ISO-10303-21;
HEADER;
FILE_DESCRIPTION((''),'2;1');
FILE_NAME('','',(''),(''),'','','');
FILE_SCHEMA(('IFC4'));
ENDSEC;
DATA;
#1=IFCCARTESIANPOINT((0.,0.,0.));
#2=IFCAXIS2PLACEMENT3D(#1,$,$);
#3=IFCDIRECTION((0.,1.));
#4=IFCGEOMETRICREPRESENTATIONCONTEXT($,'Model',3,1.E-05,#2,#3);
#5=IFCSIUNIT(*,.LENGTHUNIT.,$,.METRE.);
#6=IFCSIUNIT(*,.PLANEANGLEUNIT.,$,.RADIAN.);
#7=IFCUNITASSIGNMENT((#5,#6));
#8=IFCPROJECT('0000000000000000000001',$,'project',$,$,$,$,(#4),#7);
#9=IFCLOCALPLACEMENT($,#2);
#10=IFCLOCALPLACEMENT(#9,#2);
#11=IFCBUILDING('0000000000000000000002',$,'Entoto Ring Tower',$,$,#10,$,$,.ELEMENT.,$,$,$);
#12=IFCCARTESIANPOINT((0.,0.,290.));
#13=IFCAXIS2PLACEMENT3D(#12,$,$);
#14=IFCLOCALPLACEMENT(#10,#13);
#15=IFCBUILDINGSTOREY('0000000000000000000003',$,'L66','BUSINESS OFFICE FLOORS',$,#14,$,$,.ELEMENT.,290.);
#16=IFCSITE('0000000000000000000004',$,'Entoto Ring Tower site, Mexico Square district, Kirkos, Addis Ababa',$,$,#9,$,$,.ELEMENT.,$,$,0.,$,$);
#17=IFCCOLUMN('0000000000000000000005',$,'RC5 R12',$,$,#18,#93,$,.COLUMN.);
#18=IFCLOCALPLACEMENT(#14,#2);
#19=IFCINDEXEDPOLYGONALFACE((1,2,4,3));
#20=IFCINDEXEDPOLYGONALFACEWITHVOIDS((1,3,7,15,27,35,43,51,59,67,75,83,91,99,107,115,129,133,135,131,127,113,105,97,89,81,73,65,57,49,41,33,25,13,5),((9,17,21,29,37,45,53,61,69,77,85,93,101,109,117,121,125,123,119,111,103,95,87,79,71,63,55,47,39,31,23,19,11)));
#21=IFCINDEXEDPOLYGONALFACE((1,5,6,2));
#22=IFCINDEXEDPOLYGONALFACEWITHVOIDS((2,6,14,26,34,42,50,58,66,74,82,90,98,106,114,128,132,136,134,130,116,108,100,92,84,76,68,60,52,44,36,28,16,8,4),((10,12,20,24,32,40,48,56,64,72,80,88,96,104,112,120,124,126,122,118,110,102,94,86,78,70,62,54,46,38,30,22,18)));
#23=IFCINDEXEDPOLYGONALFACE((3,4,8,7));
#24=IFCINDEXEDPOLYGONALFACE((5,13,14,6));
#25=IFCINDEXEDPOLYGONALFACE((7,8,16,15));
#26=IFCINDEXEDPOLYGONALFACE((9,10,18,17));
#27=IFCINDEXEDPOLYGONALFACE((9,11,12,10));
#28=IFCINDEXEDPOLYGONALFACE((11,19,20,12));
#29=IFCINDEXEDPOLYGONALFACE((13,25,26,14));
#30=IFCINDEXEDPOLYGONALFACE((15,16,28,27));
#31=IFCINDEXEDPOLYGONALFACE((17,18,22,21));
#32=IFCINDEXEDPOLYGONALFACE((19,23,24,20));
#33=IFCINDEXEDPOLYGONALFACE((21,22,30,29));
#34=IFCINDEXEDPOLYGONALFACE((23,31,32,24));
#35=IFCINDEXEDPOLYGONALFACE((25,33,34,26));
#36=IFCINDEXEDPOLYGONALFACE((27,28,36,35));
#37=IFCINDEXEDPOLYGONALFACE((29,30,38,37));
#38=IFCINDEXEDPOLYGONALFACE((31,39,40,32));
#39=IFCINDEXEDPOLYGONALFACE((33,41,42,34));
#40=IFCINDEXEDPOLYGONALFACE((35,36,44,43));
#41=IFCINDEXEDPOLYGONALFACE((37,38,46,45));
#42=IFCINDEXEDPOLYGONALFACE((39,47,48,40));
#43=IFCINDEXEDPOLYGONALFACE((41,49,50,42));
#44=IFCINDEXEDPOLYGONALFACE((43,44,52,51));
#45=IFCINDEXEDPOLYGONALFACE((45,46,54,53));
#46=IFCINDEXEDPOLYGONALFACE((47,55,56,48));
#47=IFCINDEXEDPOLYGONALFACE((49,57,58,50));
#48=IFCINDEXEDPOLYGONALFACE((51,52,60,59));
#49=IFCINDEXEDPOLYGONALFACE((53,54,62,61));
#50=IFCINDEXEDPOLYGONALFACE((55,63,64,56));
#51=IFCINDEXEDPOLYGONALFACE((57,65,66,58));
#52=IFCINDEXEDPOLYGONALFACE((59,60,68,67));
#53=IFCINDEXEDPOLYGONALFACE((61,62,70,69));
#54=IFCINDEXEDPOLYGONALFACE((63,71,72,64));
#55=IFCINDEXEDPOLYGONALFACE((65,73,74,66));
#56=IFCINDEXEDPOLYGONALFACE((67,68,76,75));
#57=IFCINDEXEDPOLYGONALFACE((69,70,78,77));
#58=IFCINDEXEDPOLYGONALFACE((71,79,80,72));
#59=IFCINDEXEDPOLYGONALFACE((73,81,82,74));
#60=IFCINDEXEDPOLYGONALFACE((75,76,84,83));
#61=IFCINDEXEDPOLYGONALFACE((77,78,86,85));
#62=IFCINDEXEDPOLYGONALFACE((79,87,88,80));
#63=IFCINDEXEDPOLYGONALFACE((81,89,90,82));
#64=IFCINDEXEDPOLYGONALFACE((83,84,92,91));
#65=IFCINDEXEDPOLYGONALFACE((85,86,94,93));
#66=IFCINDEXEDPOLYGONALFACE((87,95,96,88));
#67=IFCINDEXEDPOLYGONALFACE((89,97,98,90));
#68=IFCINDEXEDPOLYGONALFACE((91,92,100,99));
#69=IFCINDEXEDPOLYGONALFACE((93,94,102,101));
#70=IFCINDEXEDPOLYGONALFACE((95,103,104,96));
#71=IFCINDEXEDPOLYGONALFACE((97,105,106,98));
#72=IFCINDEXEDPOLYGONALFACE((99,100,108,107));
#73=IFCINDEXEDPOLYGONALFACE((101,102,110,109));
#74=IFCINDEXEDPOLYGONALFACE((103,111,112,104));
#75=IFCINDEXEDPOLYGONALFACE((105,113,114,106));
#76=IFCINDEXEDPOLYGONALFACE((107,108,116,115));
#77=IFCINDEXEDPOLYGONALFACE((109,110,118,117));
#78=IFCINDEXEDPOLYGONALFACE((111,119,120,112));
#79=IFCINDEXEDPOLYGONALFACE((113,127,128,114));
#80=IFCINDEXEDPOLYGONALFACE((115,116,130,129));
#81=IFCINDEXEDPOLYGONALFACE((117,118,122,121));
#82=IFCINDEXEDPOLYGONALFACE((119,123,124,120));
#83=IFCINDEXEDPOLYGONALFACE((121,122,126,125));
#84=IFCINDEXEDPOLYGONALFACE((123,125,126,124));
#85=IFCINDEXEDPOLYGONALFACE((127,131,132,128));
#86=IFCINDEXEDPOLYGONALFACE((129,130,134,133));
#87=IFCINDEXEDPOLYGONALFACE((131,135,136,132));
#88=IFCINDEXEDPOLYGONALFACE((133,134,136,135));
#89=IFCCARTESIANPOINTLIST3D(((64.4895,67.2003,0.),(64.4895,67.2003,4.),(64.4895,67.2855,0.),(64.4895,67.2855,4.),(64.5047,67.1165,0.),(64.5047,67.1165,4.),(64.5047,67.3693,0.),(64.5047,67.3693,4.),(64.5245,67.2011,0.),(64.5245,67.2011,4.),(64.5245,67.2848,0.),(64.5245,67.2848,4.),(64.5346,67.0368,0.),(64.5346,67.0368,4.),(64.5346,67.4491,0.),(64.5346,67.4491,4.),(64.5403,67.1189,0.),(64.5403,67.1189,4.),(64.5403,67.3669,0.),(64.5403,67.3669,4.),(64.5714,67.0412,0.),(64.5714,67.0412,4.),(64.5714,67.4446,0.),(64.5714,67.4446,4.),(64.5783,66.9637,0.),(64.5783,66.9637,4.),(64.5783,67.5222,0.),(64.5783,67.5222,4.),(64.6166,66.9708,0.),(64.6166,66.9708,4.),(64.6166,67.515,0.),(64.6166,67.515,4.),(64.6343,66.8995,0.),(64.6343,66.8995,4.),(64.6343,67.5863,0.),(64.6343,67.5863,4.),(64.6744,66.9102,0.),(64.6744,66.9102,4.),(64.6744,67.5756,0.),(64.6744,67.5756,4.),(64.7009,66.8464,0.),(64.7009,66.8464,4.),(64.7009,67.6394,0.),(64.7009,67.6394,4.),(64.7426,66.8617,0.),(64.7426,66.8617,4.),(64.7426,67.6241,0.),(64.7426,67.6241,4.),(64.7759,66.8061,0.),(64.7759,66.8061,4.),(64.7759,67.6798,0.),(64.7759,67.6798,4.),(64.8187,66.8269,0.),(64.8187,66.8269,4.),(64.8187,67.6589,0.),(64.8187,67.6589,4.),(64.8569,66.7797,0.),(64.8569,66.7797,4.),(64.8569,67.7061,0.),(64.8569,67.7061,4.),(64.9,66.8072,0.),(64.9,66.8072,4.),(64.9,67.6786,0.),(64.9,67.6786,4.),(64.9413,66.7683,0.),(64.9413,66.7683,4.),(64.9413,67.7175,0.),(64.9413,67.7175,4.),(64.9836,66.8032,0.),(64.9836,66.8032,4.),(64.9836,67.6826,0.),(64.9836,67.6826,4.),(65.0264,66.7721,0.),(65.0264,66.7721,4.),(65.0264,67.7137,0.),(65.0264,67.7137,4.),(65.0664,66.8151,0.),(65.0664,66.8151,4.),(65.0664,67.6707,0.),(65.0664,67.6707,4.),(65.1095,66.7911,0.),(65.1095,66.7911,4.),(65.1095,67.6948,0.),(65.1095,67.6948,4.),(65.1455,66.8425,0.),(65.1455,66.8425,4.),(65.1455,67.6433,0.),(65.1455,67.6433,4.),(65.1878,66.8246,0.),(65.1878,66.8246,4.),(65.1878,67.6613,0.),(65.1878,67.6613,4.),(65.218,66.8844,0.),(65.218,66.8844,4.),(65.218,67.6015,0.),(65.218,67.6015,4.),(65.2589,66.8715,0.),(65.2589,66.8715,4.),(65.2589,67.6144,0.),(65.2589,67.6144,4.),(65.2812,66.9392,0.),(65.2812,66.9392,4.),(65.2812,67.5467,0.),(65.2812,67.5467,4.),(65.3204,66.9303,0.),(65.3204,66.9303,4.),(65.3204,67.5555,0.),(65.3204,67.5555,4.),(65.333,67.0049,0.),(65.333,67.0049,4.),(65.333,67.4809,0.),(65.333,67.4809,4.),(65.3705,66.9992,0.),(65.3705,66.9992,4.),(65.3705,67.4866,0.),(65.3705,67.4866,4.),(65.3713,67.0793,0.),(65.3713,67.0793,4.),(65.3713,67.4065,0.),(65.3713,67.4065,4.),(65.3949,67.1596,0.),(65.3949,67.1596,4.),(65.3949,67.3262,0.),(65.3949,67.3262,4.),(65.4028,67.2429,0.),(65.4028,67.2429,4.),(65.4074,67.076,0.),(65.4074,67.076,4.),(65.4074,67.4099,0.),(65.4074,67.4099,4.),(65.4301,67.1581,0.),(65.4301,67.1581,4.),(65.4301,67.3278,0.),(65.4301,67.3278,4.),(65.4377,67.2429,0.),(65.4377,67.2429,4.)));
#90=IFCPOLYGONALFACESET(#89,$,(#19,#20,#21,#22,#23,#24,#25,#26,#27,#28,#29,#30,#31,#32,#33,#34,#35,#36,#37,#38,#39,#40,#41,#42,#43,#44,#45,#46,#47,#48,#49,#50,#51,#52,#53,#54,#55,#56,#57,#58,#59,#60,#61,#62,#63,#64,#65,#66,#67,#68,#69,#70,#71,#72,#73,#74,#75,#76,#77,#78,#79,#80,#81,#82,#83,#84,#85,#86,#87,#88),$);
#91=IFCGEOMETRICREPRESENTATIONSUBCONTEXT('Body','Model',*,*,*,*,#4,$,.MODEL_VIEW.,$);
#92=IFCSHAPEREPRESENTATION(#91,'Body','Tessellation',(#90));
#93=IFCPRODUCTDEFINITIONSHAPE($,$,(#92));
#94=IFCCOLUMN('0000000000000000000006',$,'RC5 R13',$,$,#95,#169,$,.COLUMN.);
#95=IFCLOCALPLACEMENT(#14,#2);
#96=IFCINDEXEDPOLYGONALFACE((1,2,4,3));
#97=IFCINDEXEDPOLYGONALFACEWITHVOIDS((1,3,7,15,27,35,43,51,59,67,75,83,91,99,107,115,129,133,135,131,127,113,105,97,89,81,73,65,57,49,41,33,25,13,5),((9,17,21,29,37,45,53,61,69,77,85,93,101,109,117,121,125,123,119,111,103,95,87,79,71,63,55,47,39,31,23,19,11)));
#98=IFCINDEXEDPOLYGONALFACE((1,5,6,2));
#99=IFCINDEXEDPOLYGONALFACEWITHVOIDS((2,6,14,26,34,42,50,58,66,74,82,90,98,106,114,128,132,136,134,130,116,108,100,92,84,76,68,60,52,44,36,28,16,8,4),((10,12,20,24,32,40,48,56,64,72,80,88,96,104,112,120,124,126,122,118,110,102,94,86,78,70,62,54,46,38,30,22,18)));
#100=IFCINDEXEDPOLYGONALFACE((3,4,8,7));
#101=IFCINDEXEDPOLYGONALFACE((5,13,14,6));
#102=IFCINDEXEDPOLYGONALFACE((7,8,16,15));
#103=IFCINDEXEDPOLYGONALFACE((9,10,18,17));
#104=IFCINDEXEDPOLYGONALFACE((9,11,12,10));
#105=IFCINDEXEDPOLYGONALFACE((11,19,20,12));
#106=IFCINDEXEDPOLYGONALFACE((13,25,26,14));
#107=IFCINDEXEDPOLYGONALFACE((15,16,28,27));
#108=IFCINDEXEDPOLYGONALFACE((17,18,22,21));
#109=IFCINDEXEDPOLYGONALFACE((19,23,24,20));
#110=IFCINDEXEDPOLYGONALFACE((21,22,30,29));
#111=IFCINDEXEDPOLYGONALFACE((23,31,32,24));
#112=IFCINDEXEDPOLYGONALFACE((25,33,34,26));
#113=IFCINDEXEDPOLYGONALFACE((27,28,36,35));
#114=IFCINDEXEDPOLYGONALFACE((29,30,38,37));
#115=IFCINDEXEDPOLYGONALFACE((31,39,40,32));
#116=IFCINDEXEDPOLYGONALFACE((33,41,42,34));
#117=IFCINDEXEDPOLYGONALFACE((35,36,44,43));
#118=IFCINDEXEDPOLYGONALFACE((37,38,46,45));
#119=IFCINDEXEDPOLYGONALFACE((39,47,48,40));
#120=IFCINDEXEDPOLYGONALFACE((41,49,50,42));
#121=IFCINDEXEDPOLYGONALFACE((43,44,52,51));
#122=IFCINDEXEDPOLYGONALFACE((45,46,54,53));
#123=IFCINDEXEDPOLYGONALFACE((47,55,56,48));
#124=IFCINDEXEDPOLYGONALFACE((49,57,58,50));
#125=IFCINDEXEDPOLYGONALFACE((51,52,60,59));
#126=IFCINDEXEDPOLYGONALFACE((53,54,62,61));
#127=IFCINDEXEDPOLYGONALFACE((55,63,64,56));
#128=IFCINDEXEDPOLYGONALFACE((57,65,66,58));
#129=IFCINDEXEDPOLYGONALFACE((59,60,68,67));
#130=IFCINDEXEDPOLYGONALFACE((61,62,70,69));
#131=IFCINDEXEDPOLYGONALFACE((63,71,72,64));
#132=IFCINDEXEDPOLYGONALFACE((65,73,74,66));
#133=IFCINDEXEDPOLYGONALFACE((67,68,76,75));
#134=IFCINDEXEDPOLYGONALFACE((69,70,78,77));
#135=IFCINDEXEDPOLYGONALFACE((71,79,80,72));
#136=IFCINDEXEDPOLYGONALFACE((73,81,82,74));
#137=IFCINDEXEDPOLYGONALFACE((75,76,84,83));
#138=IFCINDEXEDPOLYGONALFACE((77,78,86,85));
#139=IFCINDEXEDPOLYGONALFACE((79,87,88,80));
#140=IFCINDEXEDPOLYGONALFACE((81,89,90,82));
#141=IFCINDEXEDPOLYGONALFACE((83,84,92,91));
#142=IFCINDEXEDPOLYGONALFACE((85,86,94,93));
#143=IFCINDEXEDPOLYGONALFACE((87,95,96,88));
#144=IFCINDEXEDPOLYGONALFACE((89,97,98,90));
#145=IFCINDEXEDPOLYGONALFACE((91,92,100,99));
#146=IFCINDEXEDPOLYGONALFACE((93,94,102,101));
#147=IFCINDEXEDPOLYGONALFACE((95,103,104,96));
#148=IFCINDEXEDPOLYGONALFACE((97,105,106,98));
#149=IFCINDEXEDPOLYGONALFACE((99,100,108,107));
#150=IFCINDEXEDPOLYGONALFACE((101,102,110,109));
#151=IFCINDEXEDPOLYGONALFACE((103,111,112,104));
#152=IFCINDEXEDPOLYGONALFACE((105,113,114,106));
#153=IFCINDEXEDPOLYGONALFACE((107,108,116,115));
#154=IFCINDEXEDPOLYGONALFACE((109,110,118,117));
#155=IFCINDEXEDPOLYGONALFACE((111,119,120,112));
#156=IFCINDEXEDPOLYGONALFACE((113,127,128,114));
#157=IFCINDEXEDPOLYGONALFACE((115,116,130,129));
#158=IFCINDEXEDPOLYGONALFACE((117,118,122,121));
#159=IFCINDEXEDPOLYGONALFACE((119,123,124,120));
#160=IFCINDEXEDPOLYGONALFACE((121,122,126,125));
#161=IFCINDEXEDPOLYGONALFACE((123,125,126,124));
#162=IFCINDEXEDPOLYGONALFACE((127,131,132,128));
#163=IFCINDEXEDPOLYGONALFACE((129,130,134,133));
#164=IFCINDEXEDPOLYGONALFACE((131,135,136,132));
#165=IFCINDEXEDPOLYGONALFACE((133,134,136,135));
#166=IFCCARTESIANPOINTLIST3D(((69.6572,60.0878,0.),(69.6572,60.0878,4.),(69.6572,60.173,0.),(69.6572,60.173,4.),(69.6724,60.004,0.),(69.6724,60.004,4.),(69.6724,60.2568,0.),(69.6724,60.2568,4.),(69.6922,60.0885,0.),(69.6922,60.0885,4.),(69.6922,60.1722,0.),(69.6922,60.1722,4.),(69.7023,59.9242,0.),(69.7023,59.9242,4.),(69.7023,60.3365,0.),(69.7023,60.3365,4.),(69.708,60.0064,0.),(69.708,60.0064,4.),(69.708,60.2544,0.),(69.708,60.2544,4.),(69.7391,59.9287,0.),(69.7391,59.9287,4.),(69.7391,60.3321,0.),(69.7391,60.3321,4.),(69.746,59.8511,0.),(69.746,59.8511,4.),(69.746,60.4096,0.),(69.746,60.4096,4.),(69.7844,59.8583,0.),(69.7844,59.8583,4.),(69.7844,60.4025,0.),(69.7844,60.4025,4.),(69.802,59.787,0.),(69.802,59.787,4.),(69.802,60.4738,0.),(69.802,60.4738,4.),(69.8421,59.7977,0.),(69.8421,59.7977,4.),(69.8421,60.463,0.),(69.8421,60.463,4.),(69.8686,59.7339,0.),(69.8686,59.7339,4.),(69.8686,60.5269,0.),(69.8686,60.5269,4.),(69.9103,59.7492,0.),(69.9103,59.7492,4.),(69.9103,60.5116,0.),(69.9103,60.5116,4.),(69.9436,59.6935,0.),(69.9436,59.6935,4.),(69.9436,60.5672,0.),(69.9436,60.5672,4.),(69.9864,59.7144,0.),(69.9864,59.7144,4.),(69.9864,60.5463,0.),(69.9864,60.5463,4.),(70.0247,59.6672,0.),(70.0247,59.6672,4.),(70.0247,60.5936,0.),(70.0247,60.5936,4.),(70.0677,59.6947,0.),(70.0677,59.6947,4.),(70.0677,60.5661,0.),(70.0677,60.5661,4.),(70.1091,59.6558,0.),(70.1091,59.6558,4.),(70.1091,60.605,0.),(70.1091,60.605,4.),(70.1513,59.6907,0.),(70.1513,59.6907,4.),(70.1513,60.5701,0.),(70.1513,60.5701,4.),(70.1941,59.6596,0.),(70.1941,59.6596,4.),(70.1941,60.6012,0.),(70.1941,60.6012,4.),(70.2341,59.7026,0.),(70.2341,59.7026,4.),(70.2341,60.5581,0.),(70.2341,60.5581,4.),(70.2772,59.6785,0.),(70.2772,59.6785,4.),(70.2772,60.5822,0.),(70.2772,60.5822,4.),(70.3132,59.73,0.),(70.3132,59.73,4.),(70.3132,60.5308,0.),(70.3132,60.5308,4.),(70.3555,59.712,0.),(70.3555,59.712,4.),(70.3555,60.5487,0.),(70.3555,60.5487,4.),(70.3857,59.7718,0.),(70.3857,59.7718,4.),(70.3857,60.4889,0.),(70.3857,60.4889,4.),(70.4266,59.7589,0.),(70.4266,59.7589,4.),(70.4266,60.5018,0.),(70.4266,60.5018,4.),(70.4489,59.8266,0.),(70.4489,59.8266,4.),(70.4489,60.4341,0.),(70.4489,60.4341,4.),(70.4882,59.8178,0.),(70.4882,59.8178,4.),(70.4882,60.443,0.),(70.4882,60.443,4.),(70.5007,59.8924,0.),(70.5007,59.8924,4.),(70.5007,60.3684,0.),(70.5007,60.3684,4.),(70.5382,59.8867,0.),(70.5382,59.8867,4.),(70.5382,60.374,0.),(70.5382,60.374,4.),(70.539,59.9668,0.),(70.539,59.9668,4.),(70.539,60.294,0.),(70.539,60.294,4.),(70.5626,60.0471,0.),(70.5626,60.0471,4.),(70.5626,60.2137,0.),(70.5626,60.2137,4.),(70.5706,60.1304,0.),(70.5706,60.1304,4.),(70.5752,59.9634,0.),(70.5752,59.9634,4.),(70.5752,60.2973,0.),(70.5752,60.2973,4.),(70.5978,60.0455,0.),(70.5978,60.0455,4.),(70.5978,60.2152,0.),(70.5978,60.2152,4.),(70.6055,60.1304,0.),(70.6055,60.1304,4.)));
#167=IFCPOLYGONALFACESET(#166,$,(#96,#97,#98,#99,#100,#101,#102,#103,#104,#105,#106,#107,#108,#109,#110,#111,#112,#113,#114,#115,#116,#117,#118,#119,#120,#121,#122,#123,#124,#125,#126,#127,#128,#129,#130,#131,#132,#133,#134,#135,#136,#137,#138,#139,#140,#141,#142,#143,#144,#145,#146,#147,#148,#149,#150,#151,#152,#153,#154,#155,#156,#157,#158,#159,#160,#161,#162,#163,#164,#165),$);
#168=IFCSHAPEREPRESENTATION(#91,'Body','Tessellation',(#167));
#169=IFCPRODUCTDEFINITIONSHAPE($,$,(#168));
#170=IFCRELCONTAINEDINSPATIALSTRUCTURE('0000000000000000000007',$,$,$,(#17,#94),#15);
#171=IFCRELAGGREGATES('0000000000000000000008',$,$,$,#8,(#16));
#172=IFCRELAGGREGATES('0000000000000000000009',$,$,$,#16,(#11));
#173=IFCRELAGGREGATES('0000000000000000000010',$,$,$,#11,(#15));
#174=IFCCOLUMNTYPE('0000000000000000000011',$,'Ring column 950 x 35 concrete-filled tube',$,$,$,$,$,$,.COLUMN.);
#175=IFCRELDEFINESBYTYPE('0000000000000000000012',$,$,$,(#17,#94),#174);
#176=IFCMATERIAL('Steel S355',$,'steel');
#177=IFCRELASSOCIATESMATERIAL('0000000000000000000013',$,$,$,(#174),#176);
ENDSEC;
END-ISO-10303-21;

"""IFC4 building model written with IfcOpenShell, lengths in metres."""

from ifc_helpers import new_model, si_unit, direction, frame, origin, origin_2d, place, context, subcontext, project, spatial, circle, hollow_circle, extrude, material, material_profile, profile_set, type_object, element, save


model = new_model("IFC4")

# Units and contexts
model_context = context("Model", 3, precision=1e-05, world=origin(), true_north=direction((0.0, 1.0)))
body_context = subcontext(model_context, "Body", "Model", "MODEL_VIEW")
ifc_project = project(units=[si_unit("LENGTHUNIT", "METRE"), si_unit("PLANEANGLEUNIT", "RADIAN")], contexts=[model_context])

# Site, building, storey
site_placement = place(None, origin())
site = spatial("IfcSite", under=ifc_project, at=site_placement, Name="Entoto Ring Tower site, Mexico Square district, Kirkos, Addis Ababa", CompositionType="ELEMENT", RefElevation=0.0)
building_placement = place(site_placement, origin())
building = spatial("IfcBuilding", under=site, at=building_placement, Name="Entoto Ring Tower", CompositionType="ELEMENT")
storey_placement = place(building_placement, frame((0.0, 0.0, 290.0)))
storey = spatial("IfcBuildingStorey", under=building, at=storey_placement, Name="L66", Description="BUSINESS OFFICE FLOORS", CompositionType="ELEMENT", Elevation=290.0)

# Columns
ifc_material_1 = material(Name="Steel S355", Category="steel")
ifc_material_profile_1 = material_profile(ifc_material_1, hollow_circle(Radius=0.4751, WallThickness=0.0349, at=origin_2d()), Name="CHS 950 x 35")
ifc_material_2 = material(Name="Concrete C60/75", Category="concrete")
ifc_material_profile_2 = material_profile(ifc_material_2, circle(Radius=0.4399, at=origin_2d()), Name="Concrete C60/75 infill")
ifc_profile_set_1 = profile_set([ifc_material_profile_1, ifc_material_profile_2], Name="Steel S355")
column_type = type_object("IfcColumnType", Name="Ring column 950 x 35 concrete-filled tube", PredefinedType="COLUMN", material=ifc_profile_set_1)
for number, where, z_axis, x_axis, name in (
    (1, (64.9626, 67.2429, 0.0), (0.0, 0.0, 1.0), (1.0, 0.0, 0.0), "RC5 R12"),
    (2, (70.1304, 60.1304, 0.0), (0.0, 0.0, 1.0), (1.0, 0.0, 0.0), "RC5 R13"),
):
    element("IfcColumn", number, at=place(storey_placement, frame(where, z_axis=z_axis, x_axis=x_axis)), inside=storey, type_object=column_type, Name=name, PredefinedType="COLUMN", context=body_context, shape_type="SweptSolid", body=[
        extrude(hollow_circle(Radius=0.4751, WallThickness=0.0349, at=origin_2d()), origin(), (0.0, 0.0, 1.0), 4.0),
    ])

save(model, "model.ifc")
